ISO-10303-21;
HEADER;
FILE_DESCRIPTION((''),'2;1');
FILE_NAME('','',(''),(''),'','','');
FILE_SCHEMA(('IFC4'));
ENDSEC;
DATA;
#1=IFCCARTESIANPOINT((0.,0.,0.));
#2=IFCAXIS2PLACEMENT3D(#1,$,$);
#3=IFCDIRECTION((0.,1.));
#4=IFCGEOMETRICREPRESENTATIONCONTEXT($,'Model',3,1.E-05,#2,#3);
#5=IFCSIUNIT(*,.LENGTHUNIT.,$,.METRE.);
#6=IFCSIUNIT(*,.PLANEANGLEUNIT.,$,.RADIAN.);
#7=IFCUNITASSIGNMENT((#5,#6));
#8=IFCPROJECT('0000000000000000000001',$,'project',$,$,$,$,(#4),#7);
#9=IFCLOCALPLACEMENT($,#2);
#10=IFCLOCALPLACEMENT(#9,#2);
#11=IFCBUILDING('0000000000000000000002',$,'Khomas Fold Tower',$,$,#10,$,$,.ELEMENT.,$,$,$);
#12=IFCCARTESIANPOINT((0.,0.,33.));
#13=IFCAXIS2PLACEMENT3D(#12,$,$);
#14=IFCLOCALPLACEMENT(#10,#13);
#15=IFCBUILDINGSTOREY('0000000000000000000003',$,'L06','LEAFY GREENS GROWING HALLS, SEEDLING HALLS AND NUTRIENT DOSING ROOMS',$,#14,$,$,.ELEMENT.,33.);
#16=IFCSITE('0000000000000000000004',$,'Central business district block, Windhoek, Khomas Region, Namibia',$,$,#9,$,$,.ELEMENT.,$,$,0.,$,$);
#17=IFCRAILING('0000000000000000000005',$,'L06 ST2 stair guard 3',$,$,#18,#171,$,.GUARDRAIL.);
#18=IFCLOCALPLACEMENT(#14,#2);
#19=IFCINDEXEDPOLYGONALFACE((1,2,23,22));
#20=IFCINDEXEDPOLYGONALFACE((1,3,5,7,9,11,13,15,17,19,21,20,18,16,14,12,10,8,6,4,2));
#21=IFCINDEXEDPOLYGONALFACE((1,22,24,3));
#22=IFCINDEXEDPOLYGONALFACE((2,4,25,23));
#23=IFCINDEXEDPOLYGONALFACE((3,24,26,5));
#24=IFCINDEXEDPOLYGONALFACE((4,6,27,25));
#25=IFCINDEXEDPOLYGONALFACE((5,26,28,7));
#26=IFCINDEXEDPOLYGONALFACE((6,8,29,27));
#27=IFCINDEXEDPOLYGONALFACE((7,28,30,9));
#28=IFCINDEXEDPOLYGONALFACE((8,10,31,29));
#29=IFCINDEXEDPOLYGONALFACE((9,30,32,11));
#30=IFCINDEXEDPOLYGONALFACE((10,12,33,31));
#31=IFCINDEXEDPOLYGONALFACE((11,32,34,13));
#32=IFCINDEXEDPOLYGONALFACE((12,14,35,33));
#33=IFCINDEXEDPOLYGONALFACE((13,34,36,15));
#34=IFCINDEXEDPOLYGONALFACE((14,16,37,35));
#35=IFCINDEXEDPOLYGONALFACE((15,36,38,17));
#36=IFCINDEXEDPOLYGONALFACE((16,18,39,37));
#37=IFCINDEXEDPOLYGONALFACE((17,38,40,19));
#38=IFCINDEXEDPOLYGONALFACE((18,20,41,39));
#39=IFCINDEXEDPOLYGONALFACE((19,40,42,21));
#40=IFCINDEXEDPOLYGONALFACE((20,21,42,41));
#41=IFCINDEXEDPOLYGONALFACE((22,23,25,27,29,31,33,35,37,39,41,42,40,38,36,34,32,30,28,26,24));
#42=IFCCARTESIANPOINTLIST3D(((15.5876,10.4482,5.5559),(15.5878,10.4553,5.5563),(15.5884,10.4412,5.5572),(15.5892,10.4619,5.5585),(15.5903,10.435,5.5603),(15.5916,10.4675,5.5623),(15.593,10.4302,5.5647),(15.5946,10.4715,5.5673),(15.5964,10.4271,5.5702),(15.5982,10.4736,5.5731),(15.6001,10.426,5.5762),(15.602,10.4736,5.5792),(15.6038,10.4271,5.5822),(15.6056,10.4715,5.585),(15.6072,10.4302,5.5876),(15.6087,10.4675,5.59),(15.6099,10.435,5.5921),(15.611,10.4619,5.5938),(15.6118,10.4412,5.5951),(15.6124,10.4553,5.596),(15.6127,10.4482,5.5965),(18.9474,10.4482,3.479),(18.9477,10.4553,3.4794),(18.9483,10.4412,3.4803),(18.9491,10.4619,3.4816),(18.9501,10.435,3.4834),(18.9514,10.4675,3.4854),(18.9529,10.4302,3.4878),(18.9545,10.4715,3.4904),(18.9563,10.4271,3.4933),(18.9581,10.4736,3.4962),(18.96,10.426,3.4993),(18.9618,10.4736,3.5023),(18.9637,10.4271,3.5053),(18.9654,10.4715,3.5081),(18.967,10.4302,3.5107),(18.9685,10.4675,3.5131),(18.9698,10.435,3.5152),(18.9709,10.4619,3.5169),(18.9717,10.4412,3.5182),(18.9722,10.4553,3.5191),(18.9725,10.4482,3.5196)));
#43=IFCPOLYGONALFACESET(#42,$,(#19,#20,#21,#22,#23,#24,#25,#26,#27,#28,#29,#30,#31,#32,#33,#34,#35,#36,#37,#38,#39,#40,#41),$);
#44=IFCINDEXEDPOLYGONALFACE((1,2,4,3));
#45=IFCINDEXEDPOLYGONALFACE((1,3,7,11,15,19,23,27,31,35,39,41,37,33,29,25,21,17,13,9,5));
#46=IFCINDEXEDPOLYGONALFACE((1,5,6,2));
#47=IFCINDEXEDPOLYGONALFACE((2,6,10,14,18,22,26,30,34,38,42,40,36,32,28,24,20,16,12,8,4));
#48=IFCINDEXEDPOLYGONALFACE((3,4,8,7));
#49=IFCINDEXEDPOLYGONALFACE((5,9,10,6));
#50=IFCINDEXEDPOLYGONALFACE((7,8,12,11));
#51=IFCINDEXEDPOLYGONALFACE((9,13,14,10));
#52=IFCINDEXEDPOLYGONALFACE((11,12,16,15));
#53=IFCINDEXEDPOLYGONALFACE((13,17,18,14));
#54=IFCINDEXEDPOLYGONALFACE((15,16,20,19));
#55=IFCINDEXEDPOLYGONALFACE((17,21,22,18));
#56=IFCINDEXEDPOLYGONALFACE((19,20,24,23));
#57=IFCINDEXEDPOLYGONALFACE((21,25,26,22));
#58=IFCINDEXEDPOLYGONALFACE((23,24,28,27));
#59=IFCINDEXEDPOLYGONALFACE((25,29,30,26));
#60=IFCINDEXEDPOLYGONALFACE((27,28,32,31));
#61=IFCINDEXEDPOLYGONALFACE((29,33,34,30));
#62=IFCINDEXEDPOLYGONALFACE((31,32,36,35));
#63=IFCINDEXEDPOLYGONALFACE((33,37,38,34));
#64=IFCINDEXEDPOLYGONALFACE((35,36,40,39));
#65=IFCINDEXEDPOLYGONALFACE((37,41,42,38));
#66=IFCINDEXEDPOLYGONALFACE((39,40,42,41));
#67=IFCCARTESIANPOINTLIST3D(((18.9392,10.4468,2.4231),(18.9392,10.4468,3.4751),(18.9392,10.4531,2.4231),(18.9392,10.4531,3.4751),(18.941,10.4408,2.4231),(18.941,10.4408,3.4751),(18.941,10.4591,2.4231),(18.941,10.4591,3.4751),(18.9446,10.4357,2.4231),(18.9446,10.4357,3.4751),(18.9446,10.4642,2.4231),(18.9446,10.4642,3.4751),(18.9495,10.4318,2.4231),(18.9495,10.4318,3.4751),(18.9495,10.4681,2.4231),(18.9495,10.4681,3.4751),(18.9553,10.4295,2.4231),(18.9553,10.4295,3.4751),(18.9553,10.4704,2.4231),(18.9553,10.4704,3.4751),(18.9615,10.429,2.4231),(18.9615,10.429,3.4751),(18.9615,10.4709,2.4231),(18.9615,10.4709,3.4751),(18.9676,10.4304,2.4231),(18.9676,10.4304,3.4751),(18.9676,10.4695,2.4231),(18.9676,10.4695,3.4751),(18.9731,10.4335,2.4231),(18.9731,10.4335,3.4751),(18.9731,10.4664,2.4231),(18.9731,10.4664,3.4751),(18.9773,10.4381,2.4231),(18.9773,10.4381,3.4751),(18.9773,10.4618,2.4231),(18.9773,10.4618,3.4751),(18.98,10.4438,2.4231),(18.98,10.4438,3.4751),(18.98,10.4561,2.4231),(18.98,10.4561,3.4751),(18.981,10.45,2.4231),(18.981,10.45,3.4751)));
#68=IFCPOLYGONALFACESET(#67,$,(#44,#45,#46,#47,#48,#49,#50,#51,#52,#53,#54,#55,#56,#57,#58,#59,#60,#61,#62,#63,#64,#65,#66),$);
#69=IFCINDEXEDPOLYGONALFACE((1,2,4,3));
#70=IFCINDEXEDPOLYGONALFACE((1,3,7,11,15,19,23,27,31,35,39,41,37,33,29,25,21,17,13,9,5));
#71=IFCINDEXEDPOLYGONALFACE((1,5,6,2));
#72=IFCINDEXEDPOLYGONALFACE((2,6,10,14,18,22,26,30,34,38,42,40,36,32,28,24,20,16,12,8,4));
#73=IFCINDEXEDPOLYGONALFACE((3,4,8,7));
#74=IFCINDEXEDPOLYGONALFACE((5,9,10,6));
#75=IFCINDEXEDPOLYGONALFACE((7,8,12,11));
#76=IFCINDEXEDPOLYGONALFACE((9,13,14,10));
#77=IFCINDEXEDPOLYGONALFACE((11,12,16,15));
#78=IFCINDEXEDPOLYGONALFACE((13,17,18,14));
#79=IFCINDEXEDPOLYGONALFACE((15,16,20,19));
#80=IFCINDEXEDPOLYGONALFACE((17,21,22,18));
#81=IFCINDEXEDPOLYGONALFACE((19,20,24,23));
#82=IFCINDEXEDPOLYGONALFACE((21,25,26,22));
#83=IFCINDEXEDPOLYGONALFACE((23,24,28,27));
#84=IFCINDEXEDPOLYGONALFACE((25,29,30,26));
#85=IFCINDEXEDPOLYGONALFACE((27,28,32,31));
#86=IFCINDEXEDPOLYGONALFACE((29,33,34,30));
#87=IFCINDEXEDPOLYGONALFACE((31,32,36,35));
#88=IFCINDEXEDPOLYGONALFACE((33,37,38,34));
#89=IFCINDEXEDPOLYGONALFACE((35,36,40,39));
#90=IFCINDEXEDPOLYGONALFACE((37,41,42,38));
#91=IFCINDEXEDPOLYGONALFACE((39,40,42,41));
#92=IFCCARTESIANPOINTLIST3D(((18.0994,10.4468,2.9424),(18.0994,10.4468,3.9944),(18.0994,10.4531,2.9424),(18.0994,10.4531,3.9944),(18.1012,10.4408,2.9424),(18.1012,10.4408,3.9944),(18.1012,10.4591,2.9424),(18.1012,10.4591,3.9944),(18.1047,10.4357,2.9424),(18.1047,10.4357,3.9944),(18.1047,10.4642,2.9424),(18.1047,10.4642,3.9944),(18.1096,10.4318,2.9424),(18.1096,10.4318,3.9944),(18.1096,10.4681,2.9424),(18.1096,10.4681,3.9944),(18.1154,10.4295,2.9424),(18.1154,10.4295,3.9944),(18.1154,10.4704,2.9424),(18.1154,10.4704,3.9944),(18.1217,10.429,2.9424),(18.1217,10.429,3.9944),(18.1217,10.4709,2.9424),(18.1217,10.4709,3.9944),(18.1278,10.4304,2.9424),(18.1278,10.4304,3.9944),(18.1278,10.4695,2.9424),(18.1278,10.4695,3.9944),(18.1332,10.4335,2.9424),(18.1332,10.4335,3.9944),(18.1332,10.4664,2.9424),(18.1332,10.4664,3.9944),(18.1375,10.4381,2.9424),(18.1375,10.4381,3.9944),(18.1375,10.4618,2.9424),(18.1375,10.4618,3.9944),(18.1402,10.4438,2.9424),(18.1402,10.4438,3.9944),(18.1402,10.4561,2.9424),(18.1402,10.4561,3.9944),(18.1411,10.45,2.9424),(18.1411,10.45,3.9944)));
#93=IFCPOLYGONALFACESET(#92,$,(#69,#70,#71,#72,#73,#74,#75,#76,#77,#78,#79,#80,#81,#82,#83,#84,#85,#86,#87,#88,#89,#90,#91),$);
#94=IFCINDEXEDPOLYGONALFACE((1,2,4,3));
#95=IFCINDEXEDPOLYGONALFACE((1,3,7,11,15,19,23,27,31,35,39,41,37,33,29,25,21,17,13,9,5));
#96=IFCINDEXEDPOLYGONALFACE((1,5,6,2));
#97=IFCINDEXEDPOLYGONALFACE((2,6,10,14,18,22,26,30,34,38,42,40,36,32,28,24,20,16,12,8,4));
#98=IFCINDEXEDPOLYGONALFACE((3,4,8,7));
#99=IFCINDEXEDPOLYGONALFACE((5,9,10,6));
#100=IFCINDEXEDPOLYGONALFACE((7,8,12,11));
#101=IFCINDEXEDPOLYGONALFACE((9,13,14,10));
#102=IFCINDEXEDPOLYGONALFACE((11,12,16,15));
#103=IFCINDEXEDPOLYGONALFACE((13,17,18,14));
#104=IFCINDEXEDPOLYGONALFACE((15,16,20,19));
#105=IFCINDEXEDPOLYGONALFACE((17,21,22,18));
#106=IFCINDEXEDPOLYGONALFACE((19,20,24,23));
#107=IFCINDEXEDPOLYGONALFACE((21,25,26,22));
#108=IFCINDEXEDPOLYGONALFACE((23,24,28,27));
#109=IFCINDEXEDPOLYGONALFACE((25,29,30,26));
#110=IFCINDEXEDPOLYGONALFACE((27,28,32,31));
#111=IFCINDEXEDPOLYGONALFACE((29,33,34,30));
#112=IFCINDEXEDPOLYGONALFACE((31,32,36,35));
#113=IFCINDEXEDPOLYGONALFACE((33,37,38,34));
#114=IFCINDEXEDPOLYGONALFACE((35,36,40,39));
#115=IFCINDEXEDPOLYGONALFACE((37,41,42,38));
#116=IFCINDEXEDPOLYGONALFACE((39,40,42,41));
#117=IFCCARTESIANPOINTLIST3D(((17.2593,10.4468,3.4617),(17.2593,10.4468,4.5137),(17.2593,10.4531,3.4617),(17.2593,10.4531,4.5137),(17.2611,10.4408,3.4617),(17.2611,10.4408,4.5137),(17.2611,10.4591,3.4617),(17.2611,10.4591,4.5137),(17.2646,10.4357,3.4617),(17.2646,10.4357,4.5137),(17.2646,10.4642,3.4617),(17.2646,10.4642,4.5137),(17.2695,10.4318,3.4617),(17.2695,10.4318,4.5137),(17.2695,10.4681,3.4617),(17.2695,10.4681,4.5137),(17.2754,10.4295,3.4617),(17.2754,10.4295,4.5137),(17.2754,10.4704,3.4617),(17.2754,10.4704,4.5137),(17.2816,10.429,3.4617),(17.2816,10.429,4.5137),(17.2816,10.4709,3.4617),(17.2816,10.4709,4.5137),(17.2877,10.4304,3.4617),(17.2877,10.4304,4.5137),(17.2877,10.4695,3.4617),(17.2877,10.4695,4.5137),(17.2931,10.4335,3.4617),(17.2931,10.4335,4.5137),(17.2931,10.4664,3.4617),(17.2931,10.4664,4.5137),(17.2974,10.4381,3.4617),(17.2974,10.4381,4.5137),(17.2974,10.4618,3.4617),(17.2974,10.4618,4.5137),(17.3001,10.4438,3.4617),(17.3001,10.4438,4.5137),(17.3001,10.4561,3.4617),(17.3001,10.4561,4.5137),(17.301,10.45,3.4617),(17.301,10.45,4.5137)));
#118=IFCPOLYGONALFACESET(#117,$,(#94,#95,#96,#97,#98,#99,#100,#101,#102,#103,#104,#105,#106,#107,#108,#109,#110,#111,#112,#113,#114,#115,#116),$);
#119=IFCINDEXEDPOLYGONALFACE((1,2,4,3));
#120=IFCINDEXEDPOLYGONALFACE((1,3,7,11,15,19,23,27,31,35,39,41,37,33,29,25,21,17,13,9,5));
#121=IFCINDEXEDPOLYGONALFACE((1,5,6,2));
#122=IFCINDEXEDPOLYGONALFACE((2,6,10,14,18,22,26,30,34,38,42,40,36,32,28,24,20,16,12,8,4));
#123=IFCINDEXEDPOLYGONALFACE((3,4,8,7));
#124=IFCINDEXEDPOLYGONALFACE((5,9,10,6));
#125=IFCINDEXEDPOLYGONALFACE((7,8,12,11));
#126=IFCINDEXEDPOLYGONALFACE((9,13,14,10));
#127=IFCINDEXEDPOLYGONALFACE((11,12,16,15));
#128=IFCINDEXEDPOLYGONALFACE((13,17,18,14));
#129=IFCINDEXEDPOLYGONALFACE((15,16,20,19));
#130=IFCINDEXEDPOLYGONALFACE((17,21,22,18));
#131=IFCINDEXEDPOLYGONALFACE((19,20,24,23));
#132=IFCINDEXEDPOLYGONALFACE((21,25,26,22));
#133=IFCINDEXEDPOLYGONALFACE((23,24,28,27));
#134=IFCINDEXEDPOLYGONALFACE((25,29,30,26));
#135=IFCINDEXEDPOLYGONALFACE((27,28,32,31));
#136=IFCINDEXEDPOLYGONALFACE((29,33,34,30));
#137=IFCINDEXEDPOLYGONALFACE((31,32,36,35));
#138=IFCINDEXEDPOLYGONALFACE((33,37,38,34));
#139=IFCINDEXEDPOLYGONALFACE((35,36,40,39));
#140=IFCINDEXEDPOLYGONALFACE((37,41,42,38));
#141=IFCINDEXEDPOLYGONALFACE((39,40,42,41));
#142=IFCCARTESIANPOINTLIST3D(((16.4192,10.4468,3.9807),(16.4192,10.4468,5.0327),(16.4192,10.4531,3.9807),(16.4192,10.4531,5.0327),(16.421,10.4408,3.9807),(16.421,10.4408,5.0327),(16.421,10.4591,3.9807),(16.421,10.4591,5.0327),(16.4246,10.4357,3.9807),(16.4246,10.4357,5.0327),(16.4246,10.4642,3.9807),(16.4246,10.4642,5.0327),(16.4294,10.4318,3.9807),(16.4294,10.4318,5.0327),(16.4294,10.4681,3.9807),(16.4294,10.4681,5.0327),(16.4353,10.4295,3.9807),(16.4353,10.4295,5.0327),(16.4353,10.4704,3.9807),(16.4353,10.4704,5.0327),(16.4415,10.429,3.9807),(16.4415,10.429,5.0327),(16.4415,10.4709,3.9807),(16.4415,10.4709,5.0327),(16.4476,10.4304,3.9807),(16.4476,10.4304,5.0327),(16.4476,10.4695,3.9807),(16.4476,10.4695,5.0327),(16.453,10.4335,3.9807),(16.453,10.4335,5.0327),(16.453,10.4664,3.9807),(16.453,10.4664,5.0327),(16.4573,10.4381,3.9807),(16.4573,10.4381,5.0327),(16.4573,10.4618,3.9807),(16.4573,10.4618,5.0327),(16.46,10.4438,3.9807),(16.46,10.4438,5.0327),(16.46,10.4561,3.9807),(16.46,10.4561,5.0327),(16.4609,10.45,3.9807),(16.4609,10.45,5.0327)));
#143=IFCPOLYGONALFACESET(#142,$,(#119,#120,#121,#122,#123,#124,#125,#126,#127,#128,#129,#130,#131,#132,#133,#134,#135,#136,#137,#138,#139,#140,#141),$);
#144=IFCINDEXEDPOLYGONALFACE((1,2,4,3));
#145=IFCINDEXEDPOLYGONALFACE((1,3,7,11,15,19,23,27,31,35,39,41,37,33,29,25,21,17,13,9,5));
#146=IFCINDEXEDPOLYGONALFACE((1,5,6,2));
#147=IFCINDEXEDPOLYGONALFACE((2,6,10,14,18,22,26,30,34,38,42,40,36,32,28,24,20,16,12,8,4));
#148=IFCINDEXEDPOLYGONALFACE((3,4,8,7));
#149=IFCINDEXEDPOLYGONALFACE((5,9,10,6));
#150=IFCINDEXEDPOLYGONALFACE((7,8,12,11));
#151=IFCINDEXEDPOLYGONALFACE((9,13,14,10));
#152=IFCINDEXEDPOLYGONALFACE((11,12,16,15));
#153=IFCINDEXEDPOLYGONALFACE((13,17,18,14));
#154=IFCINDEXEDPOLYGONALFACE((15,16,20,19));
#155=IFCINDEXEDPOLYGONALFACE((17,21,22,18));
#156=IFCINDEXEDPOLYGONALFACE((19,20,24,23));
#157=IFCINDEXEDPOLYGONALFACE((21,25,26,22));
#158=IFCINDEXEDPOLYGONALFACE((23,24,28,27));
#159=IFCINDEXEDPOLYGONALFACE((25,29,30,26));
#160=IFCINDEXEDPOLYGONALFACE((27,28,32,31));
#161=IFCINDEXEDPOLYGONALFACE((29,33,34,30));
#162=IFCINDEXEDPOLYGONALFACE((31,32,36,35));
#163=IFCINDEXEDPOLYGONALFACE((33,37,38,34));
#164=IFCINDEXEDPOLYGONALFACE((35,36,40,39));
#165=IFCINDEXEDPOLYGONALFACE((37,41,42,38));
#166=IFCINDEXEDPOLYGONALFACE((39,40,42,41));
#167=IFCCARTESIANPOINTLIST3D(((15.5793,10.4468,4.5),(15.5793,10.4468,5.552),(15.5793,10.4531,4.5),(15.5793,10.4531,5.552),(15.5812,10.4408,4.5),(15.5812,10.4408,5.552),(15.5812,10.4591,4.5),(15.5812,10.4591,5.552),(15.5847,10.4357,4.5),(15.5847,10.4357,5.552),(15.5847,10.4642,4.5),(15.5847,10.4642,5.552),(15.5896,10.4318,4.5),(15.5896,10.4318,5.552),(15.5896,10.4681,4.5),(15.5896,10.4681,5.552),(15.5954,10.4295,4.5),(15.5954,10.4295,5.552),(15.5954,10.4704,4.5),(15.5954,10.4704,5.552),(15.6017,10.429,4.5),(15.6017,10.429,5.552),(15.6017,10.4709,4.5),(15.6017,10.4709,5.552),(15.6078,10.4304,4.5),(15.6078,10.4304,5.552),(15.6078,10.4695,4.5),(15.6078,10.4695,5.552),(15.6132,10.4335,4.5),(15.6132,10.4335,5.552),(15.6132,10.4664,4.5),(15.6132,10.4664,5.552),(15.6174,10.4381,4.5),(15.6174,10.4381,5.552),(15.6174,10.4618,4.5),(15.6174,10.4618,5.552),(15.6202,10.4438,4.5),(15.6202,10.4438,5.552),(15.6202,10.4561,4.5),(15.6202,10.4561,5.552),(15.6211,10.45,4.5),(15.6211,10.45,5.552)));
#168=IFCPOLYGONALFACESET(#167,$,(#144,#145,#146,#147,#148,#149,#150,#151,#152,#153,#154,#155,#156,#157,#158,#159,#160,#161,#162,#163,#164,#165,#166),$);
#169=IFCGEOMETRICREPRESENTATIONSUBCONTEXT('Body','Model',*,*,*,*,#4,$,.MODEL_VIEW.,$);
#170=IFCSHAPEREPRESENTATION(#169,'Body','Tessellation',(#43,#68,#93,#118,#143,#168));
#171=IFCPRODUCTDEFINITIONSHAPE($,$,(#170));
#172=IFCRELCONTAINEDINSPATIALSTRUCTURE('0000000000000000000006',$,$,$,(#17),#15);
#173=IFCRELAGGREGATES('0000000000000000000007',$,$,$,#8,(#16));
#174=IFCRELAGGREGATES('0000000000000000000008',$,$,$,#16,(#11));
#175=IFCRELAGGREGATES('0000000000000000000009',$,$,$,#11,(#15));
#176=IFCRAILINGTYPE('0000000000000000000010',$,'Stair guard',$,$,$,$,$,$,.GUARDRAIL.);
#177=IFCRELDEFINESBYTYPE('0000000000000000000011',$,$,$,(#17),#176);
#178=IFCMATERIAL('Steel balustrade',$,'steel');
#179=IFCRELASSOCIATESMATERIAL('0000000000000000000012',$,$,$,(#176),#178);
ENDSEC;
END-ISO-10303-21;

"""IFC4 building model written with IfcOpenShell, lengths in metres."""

from ifc_helpers import new_model, si_unit, direction, frame, origin, origin_2d, place, context, subcontext, project, spatial, circle, extrude, source, transform, mapped, material, type_object, element, save


model = new_model("IFC4")

# Units and contexts
model_context = context("Model", 3, precision=1e-05, world=origin(), true_north=direction((0.0, 1.0)))
body_context = subcontext(model_context, "Body", "Model", "MODEL_VIEW")
ifc_project = project(units=[si_unit("LENGTHUNIT", "METRE"), si_unit("PLANEANGLEUNIT", "RADIAN")], contexts=[model_context])

# Site, building, storey
site_placement = place(None, origin())
site = spatial("IfcSite", under=ifc_project, at=site_placement, Name="Central business district block, Windhoek, Khomas Region, Namibia", CompositionType="ELEMENT", RefElevation=0.0)
building_placement = place(site_placement, origin())
building = spatial("IfcBuilding", under=site, at=building_placement, Name="Khomas Fold Tower", CompositionType="ELEMENT")
storey_placement = place(building_placement, frame((0.0, 0.0, 33.0)))
storey = spatial("IfcBuildingStorey", under=building, at=storey_placement, Name="L06", Description="LEAFY GREENS GROWING HALLS, SEEDLING HALLS AND NUTRIENT DOSING ROOMS", CompositionType="ELEMENT", Elevation=33.0)

# Railing
ifc_material_1 = material(Name="Steel balustrade", Category="steel")
railing_type_1 = type_object("IfcRailingType", Name="Stair guard", PredefinedType="GUARDRAIL", material=ifc_material_1)
shared_shape_1 = source(origin(), body_context, "Body", "SweptSolid", [
    extrude(circle(Radius=0.0239, at=origin_2d()), frame((0.0, 0.0, 1.0762), z_axis=(-0.850606, 0.0, 0.525803), x_axis=(0.0, -1.0, 0.0)), (0.0, 0.0, 1.0), 3.95),
    extrude(circle(Radius=0.021, at=origin_2d()), origin(), (0.0, 0.0, 1.0), 1.052),
    extrude(circle(Radius=0.021, at=origin_2d()), frame((-0.8398, 0.0, 0.5193)), (0.0, 0.0, 1.0), 1.052),
    extrude(circle(Radius=0.021, at=origin_2d()), frame((-1.6799, 0.0, 1.0386)), (0.0, 0.0, 1.0), 1.052),
    extrude(circle(Radius=0.021, at=origin_2d()), frame((-2.52, 0.0, 1.5576)), (0.0, 0.0, 1.0), 1.052),
    extrude(circle(Radius=0.021, at=origin_2d()), frame((-3.3599, 0.0, 2.0769)), (0.0, 0.0, 1.0), 1.052),
])
railing_1_placement = place(storey_placement, frame((18.96, 10.45, 2.4231)))
element("IfcRailing", 1, at=railing_1_placement, inside=storey, type_object=railing_type_1, Name="L06 ST2 stair guard 3", PredefinedType="GUARDRAIL", context=body_context, shape_type="MappedRepresentation", body=[
    mapped(shared_shape_1, transform((0.0, 0.0, 0.0))),
])

save(model, "model.ifc")
